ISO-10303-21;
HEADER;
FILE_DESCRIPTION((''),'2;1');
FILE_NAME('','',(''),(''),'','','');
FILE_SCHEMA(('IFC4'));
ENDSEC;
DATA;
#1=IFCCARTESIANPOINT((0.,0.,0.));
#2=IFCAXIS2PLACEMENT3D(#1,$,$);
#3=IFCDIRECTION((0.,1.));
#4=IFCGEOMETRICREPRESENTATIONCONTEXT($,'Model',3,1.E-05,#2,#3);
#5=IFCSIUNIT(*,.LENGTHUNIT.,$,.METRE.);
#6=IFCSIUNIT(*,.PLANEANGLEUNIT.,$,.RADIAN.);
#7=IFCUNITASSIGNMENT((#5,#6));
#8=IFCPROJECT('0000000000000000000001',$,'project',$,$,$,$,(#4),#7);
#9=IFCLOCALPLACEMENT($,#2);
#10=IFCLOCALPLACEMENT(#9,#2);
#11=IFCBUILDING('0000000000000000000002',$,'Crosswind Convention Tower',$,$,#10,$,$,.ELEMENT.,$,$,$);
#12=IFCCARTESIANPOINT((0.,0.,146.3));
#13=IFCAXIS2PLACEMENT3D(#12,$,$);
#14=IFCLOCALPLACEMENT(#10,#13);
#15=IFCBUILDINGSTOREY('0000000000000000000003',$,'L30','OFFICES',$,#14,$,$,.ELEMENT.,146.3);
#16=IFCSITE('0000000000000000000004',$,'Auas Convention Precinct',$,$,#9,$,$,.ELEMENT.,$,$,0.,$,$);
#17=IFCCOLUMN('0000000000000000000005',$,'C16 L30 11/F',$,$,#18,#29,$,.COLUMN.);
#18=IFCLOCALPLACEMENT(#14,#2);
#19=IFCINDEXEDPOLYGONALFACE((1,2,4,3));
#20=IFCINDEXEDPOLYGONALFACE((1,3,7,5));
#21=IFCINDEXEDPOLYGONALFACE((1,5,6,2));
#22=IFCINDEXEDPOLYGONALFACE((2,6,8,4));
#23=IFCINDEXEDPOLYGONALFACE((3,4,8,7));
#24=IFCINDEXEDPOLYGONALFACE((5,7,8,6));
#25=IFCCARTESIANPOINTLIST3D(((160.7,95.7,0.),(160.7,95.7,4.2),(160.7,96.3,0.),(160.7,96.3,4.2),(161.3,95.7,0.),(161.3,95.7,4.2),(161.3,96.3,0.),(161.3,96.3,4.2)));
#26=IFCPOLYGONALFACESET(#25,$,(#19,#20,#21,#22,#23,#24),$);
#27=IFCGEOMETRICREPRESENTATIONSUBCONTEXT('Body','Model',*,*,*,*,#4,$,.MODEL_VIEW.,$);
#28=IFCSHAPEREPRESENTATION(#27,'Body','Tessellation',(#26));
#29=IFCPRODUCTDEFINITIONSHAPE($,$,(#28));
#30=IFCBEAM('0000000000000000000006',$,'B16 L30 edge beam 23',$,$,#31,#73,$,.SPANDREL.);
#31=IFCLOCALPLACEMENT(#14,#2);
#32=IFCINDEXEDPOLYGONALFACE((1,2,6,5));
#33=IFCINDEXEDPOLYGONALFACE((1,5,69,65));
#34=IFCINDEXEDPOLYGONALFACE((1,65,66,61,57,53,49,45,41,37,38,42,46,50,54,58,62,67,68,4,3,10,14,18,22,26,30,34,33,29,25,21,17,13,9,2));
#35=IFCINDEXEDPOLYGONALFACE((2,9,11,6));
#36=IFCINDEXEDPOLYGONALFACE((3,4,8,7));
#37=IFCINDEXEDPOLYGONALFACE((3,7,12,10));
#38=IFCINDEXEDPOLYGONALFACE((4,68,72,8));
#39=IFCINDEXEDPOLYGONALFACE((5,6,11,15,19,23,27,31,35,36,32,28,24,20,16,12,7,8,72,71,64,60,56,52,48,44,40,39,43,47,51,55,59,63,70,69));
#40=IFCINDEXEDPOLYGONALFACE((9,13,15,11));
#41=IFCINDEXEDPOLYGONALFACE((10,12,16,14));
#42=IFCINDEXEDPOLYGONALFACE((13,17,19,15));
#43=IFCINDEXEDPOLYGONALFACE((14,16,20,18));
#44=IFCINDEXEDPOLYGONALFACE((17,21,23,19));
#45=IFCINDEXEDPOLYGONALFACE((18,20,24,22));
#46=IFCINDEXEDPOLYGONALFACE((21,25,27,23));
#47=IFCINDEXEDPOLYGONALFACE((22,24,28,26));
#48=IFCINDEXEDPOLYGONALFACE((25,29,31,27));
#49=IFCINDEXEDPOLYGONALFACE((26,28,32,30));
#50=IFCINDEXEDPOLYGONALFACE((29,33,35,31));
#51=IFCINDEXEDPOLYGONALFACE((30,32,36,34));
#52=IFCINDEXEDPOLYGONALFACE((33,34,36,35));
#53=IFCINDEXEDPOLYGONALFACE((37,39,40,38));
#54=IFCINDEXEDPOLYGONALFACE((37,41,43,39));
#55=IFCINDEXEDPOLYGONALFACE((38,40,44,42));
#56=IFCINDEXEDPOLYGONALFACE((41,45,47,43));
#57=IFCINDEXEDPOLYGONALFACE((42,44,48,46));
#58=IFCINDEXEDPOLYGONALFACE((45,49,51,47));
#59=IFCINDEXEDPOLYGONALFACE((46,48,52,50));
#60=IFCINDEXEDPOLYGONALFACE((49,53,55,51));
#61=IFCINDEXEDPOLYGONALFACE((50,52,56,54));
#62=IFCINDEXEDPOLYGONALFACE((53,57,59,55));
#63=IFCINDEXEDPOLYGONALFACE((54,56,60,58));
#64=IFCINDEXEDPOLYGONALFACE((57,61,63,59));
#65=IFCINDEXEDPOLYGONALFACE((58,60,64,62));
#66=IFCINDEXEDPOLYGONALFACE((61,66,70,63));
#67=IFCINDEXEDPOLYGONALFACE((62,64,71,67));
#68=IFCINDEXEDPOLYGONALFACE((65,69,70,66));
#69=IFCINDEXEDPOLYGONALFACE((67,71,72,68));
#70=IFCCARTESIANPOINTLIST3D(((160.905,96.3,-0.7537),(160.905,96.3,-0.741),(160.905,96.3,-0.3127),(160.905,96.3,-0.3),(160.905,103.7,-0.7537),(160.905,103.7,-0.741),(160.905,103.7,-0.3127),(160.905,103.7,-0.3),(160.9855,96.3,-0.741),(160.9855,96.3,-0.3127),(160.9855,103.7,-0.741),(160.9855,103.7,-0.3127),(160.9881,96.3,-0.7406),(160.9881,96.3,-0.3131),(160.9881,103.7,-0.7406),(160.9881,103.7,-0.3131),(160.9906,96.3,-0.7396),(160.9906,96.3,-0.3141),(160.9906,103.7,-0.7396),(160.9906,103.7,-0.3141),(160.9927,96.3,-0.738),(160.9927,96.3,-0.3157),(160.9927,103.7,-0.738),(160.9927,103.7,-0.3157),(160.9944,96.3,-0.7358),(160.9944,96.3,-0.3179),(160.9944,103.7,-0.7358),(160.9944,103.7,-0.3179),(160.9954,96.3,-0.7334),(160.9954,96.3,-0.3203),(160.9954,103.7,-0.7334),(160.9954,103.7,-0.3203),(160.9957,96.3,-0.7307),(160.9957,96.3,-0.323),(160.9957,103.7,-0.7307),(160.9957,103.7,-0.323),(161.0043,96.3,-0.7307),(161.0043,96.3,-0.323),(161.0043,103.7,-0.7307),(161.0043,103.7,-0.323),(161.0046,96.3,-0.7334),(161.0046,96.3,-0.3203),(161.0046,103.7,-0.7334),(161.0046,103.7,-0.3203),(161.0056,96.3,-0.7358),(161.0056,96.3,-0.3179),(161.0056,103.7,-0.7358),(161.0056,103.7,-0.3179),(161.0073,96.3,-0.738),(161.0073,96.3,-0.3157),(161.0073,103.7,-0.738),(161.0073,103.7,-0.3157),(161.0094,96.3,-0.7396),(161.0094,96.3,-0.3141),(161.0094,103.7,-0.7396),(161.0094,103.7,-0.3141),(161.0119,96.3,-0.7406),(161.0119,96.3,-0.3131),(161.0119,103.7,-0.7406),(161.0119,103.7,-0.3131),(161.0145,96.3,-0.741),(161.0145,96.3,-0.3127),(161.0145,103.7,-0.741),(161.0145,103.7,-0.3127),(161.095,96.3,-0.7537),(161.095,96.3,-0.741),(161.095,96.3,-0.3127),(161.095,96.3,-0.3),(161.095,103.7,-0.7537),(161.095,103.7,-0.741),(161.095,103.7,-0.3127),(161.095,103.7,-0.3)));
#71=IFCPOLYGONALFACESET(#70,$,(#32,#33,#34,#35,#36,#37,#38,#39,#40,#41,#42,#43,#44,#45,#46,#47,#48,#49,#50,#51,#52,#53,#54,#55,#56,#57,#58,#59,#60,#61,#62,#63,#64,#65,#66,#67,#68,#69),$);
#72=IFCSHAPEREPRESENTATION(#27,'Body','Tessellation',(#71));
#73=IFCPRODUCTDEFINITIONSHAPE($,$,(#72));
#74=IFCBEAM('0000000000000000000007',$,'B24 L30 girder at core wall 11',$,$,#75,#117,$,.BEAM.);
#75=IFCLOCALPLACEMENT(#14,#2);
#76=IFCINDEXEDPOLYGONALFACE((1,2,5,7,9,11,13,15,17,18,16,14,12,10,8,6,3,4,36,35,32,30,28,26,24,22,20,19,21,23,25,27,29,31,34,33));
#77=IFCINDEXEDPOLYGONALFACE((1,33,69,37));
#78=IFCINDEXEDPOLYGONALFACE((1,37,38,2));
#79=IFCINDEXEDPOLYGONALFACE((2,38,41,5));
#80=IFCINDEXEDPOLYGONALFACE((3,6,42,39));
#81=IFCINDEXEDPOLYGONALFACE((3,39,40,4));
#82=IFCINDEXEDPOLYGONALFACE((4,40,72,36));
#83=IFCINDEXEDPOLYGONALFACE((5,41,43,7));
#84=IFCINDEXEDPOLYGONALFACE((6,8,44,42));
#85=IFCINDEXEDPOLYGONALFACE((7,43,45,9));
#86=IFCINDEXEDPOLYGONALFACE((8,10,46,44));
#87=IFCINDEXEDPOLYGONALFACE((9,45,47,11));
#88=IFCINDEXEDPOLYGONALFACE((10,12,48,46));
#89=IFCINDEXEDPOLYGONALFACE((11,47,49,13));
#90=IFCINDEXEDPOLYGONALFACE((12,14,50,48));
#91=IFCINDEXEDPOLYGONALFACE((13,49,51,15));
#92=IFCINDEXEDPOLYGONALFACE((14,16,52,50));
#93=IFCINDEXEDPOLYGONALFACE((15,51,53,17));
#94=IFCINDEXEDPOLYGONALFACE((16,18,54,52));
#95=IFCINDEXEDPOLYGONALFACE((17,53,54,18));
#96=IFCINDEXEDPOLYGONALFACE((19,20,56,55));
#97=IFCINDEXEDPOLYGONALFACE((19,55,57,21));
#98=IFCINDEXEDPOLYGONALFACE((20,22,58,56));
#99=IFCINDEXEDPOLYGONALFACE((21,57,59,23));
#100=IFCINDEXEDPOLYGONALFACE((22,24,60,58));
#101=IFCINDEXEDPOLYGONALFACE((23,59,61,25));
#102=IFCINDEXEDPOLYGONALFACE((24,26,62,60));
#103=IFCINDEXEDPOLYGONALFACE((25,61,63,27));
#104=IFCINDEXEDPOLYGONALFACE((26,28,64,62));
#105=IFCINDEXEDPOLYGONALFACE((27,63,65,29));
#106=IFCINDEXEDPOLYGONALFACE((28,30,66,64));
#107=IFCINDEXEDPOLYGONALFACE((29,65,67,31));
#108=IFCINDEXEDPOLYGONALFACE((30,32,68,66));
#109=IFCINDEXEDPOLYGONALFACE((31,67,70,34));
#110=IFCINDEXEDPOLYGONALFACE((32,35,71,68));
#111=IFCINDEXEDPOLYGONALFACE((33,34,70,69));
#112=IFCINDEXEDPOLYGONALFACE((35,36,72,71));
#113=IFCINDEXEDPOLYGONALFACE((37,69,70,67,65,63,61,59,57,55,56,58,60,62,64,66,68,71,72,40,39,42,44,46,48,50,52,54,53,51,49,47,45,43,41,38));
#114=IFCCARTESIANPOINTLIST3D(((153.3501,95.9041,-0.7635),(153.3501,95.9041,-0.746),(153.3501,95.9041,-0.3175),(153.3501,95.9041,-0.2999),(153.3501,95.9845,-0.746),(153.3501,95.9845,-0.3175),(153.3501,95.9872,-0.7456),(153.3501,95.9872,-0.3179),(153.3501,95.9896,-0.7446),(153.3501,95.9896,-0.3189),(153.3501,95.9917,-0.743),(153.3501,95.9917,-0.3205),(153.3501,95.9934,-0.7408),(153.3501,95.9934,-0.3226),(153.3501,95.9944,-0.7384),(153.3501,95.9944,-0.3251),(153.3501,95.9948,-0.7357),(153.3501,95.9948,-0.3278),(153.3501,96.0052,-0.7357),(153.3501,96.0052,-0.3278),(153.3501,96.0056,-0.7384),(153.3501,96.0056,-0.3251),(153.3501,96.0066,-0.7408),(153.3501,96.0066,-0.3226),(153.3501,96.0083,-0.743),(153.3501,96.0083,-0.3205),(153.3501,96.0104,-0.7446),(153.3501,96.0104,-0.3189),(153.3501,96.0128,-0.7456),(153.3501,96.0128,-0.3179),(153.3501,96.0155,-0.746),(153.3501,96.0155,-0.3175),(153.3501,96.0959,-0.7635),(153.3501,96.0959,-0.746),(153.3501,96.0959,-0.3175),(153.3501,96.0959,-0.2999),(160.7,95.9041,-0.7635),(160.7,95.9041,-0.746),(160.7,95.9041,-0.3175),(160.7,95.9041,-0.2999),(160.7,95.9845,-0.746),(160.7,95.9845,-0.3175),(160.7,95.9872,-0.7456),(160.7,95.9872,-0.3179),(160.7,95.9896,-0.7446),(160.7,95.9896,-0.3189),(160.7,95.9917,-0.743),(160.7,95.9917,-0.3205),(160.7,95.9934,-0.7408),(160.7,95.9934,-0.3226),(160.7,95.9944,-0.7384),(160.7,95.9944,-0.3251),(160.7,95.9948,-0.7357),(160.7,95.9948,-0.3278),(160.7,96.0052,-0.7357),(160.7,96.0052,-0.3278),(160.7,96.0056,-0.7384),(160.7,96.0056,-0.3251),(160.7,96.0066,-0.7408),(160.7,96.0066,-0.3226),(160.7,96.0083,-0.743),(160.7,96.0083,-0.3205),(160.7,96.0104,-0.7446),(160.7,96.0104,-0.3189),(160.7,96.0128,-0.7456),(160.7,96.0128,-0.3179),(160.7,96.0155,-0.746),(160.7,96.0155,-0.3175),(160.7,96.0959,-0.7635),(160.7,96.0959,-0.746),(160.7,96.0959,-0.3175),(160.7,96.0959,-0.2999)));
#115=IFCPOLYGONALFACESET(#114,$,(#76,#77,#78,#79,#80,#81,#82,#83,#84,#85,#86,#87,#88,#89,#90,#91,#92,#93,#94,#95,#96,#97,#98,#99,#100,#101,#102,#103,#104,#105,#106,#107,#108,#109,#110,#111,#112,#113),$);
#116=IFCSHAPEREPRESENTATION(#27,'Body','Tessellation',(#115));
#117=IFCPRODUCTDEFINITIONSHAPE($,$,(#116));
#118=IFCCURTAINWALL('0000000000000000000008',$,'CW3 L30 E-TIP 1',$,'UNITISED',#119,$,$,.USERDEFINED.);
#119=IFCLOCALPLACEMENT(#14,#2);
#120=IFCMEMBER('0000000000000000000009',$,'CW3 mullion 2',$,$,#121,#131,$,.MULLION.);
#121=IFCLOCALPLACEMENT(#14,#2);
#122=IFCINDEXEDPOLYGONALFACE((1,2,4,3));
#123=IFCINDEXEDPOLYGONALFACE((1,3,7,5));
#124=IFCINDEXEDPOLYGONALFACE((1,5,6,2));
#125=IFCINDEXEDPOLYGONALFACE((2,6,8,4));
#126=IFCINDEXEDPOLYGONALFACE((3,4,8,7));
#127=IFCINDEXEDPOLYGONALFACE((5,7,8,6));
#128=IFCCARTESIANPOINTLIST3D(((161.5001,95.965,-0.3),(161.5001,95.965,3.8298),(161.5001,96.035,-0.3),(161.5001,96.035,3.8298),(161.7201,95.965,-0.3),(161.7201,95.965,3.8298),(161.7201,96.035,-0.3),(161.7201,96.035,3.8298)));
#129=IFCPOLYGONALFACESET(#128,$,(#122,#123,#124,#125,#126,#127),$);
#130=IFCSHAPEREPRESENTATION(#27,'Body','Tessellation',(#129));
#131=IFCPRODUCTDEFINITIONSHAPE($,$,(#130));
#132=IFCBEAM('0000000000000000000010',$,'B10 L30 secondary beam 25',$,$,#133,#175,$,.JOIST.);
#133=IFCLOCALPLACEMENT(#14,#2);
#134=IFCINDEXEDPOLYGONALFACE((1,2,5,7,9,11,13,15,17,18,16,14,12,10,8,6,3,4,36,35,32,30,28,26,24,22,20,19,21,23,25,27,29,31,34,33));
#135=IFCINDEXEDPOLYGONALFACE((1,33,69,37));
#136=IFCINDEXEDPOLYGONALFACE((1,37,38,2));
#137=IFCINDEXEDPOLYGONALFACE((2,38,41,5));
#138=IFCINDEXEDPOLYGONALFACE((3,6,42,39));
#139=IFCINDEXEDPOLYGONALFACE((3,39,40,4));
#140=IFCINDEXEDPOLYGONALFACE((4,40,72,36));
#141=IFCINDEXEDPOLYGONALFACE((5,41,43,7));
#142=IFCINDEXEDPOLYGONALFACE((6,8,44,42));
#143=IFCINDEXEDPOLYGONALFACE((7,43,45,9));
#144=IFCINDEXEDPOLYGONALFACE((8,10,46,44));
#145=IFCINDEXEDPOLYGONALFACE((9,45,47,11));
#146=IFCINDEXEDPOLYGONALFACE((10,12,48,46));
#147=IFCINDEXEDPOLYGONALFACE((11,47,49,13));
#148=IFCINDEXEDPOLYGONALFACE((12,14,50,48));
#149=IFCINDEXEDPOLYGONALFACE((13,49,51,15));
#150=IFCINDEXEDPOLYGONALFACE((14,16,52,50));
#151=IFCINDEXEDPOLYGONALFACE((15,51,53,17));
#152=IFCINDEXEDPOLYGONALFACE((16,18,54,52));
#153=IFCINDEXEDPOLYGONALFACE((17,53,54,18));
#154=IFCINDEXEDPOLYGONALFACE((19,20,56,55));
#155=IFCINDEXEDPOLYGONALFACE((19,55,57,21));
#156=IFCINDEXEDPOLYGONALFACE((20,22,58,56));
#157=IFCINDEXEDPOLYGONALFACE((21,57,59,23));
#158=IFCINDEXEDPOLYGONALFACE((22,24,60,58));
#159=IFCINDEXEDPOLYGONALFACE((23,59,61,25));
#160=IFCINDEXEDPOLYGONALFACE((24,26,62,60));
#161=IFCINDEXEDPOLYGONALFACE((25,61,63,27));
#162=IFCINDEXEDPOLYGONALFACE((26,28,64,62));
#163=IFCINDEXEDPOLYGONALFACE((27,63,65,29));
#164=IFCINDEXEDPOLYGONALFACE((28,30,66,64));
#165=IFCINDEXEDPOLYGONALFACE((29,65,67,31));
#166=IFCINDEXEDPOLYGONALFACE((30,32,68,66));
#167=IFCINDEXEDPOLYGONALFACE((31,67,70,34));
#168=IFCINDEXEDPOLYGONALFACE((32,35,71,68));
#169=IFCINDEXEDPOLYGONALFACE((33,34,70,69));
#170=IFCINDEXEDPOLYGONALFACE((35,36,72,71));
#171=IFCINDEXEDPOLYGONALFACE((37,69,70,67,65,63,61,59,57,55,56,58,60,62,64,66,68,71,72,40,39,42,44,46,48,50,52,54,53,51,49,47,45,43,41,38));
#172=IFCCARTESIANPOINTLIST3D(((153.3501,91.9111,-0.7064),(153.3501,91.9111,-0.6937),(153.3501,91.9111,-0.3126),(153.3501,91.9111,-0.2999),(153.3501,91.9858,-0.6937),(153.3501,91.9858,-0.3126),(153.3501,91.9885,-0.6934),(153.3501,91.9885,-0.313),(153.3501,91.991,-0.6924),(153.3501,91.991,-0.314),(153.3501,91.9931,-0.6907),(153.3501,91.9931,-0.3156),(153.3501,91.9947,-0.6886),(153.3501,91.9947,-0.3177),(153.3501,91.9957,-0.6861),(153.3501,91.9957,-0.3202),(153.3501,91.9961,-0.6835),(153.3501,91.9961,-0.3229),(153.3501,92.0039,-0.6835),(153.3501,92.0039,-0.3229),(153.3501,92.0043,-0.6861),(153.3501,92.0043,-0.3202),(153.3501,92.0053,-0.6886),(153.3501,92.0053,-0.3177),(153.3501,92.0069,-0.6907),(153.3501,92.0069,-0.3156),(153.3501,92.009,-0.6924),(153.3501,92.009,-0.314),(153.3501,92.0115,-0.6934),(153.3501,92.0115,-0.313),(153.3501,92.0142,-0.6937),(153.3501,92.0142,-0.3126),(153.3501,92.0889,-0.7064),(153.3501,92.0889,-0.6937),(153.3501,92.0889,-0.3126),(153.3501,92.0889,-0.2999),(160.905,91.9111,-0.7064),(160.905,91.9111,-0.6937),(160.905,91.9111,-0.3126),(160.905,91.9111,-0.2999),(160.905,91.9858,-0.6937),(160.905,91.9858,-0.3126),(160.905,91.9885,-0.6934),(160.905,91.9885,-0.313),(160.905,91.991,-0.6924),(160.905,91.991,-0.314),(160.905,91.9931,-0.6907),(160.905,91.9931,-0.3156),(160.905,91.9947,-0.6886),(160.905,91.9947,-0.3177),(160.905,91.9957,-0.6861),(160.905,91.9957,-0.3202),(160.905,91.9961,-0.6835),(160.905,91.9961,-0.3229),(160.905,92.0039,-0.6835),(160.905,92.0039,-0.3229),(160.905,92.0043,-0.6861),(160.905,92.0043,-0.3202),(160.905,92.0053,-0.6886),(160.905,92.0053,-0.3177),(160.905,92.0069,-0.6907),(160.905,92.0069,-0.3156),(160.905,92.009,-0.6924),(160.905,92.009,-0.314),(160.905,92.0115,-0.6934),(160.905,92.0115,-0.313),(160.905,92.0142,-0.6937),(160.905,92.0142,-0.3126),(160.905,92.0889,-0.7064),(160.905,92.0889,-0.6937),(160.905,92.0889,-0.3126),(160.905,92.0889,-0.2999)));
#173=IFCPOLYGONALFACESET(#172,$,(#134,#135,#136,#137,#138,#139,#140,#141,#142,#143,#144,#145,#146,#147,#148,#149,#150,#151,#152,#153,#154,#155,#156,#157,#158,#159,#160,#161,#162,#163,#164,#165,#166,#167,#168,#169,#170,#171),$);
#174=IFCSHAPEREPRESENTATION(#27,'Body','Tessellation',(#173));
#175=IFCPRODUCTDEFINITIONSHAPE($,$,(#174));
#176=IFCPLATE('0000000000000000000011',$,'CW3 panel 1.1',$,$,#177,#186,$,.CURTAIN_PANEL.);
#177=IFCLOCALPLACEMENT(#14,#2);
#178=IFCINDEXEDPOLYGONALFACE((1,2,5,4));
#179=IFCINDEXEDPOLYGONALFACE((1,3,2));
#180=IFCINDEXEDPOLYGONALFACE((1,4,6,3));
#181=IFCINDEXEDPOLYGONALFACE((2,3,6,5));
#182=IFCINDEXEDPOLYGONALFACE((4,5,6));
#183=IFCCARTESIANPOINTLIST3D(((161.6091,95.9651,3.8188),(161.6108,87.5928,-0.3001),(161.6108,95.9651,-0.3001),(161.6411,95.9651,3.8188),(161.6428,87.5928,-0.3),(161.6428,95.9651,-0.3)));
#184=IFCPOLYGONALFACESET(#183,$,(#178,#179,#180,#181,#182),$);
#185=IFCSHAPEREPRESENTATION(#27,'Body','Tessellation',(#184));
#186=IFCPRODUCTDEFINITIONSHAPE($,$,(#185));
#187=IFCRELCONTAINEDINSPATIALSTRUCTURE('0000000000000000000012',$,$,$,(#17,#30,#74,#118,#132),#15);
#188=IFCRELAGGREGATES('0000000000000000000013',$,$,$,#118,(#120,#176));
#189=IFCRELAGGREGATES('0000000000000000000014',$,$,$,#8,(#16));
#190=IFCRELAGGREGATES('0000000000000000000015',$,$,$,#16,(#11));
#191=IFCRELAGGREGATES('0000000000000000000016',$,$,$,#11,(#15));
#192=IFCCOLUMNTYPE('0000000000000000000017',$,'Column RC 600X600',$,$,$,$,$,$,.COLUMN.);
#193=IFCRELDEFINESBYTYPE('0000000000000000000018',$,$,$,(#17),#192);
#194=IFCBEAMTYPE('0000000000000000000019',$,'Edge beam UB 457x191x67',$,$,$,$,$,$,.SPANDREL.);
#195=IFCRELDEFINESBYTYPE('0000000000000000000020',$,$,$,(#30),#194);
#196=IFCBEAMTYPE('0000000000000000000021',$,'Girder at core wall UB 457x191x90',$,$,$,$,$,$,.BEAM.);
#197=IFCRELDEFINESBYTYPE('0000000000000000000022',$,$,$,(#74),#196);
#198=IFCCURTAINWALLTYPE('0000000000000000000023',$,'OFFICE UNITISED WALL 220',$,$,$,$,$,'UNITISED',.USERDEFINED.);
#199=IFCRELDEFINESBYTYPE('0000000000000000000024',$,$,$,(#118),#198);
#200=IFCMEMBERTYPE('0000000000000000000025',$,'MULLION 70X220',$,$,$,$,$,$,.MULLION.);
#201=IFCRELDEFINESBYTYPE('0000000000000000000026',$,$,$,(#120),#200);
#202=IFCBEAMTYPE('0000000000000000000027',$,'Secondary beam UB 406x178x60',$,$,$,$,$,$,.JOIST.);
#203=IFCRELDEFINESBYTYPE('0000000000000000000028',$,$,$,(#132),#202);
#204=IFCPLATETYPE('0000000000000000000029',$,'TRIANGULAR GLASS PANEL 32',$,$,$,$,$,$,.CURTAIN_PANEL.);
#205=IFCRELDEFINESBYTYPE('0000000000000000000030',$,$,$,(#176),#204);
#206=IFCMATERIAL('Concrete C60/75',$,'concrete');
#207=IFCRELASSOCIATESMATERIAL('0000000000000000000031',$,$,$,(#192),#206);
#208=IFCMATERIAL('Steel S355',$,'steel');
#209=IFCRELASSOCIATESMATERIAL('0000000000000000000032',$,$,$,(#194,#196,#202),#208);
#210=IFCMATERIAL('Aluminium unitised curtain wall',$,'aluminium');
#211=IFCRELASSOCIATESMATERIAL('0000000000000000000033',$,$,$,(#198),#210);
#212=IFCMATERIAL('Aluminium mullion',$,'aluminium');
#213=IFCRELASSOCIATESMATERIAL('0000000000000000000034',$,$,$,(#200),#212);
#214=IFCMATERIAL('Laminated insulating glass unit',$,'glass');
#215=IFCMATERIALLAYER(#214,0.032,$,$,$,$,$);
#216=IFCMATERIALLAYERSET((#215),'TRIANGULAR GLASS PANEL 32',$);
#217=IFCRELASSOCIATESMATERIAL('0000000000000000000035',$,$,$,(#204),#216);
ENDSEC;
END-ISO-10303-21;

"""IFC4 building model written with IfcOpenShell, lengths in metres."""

from ifc_helpers import new_model, si_unit, direction, frame, origin, origin_2d, place, context, subcontext, project, spatial, polyline, rectangle, i_section, outline, extrude, material, layer, layer_set, material_profile, profile_set, type_object, element, aggregate, save


model = new_model("IFC4")

# Units and contexts
model_context = context("Model", 3, precision=1e-05, world=origin(), true_north=direction((0.0, 1.0)))
body_context = subcontext(model_context, "Body", "Model", "MODEL_VIEW")
ifc_project = project(units=[si_unit("LENGTHUNIT", "METRE"), si_unit("PLANEANGLEUNIT", "RADIAN")], contexts=[model_context])

# Site, building, storey
site_placement = place(None, origin())
site = spatial("IfcSite", under=ifc_project, at=site_placement, Name="Auas Convention Precinct", CompositionType="ELEMENT", RefElevation=0.0)
building_placement = place(site_placement, origin())
building = spatial("IfcBuilding", under=site, at=building_placement, Name="Crosswind Convention Tower", CompositionType="ELEMENT")
storey_placement = place(building_placement, frame((0.0, 0.0, 146.3)))
storey = spatial("IfcBuildingStorey", under=building, at=storey_placement, Name="L30", Description="OFFICES", CompositionType="ELEMENT", Elevation=146.3)

# Column
ifc_material_1 = material(Name="Concrete C60/75", Category="concrete")
ifc_material_profile_1 = material_profile(ifc_material_1, rectangle(XDim=0.6001, YDim=0.6001, at=origin_2d()), Name="RC 600X600")
ifc_profile_set_1 = profile_set([ifc_material_profile_1], Name="Concrete C60/75")
column_type = type_object("IfcColumnType", Name="Column RC 600X600", PredefinedType="COLUMN", material=ifc_profile_set_1)
column_placement = place(storey_placement, frame((161.0, 96.0, 0.0), z_axis=(0.0, 0.0, 1.0), x_axis=(1.0, 0.0, 0.0)))
element("IfcColumn", 1, at=column_placement, inside=storey, type_object=column_type, Name="C16 L30 11/F", PredefinedType="COLUMN", context=body_context, shape_type="SweptSolid", body=[
    extrude(rectangle(XDim=0.6001, YDim=0.6001, at=origin_2d()), origin(), (0.0, 0.0, 1.0), 4.2),
])

# Beams
ifc_material_2 = material(Name="Steel S355", Category="steel")
ifc_material_profile_2 = material_profile(ifc_material_2, i_section(OverallWidth=0.1899, OverallDepth=0.4536, WebThickness=0.0085, FlangeThickness=0.0127, FilletRadius=0.0103, at=origin_2d()), Name="UB 457x191x67")
ifc_profile_set_2 = profile_set([ifc_material_profile_2], Name="Steel S355")
beam_type_1 = type_object("IfcBeamType", Name="Edge beam UB 457x191x67", PredefinedType="SPANDREL", material=ifc_profile_set_2)
beam_1_placement = place(storey_placement, frame((161.0, 96.3, -0.5269), z_axis=(0.0, 1.0, 0.0), x_axis=(-1.0, 0.0, 0.0)))
element("IfcBeam", 2, at=beam_1_placement, inside=storey, type_object=beam_type_1, Name="B16 L30 edge beam 23", PredefinedType="SPANDREL", context=body_context, shape_type="SweptSolid", body=[
    extrude(i_section(OverallWidth=0.1899, OverallDepth=0.4536, WebThickness=0.0085, FlangeThickness=0.0127, FilletRadius=0.0103, at=origin_2d()), origin(), (0.0, 0.0, 1.0), 7.3999),
])
ifc_material_profile_3 = material_profile(ifc_material_2, i_section(OverallWidth=0.1919, OverallDepth=0.4636, WebThickness=0.0105, FlangeThickness=0.0176, FilletRadius=0.0103, at=origin_2d()), Name="UB 457x191x90")
ifc_profile_set_3 = profile_set([ifc_material_profile_3], Name="Steel S355")
beam_type_2 = type_object("IfcBeamType", Name="Girder at core wall UB 457x191x90", PredefinedType="BEAM", material=ifc_profile_set_3)
beam_2_placement = place(storey_placement, frame((153.3501, 96.0, -0.5317), z_axis=(1.0, 0.0, 0.0), x_axis=(0.0, 1.0, 0.0)))
element("IfcBeam", 3, at=beam_2_placement, inside=storey, type_object=beam_type_2, Name="B24 L30 girder at core wall 11", PredefinedType="BEAM", context=body_context, shape_type="SweptSolid", body=[
    extrude(i_section(OverallWidth=0.1919, OverallDepth=0.4636, WebThickness=0.0105, FlangeThickness=0.0176, FilletRadius=0.0103, at=origin_2d()), origin(), (0.0, 0.0, 1.0), 7.3499),
])

# Curtain wall, member
ifc_material_3 = material(Name="Aluminium unitised curtain wall", Category="aluminium")
curtain_wall_type = type_object("IfcCurtainWallType", Name="OFFICE UNITISED WALL 220", ElementType="UNITISED", PredefinedType="USERDEFINED", material=ifc_material_3)
curtain_wall_placement = place(storey_placement, origin())
curtain_wall = element("IfcCurtainWall", 4, at=curtain_wall_placement, inside=storey, type_object=curtain_wall_type, Name="CW3 L30 E-TIP 1", ObjectType="UNITISED", PredefinedType="USERDEFINED")
ifc_material_4 = material(Name="Aluminium mullion", Category="aluminium")
ifc_material_profile_4 = material_profile(ifc_material_4, rectangle(XDim=0.22, YDim=0.0701, at=origin_2d()), Name="AL 220X70")
ifc_profile_set_4 = profile_set([ifc_material_profile_4], Name="Aluminium mullion")
member_type = type_object("IfcMemberType", Name="MULLION 70X220", PredefinedType="MULLION", material=ifc_profile_set_4)
member_placement = place(storey_placement, frame((161.6101, 96.0, -0.3), z_axis=(0.0, 0.0, 1.0), x_axis=(1.0, 0.0, 0.0)))
member = element("IfcMember", 5, at=member_placement, type_object=member_type, Name="CW3 mullion 2", PredefinedType="MULLION", context=body_context, shape_type="SweptSolid", body=[
    extrude(rectangle(XDim=0.22, YDim=0.0701, at=origin_2d()), origin(), (0.0, 0.0, 1.0), 4.1299),
])

# Beam
ifc_material_profile_5 = material_profile(ifc_material_2, i_section(OverallWidth=0.1777, OverallDepth=0.4065, WebThickness=0.0078, FlangeThickness=0.0127, FilletRadius=0.0103, at=origin_2d()), Name="UB 406x178x60")
ifc_profile_set_5 = profile_set([ifc_material_profile_5], Name="Steel S355")
beam_type_3 = type_object("IfcBeamType", Name="Secondary beam UB 406x178x60", PredefinedType="JOIST", material=ifc_profile_set_5)
beam_3_placement = place(storey_placement, frame((153.3501, 92.0, -0.5032), z_axis=(1.0, 0.0, 0.0), x_axis=(0.0, 1.0, 0.0)))
element("IfcBeam", 6, at=beam_3_placement, inside=storey, type_object=beam_type_3, Name="B10 L30 secondary beam 25", PredefinedType="JOIST", context=body_context, shape_type="SweptSolid", body=[
    extrude(i_section(OverallWidth=0.1777, OverallDepth=0.4065, WebThickness=0.0078, FlangeThickness=0.0127, FilletRadius=0.0103, at=origin_2d()), origin(), (0.0, 0.0, 1.0), 7.5549),
])

# Plate
ifc_material_5 = material(Name="Laminated insulating glass unit", Category="glass")
ifc_layer_1 = layer(ifc_material_5, 0.032)
ifc_layer_set_1 = layer_set([ifc_layer_1], Name="TRIANGULAR GLASS PANEL 32")
plate_type = type_object("IfcPlateType", Name="TRIANGULAR GLASS PANEL 32", PredefinedType="CURTAIN_PANEL", material=ifc_layer_set_1)
plate_1_placement = place(storey_placement, frame((161.6428, 95.9651, -0.3), z_axis=(1.0, 0.0, 0.000415), x_axis=(-0.000415, 0.0, 1.0)))
plate_1 = element("IfcPlate", 7, at=plate_1_placement, type_object=plate_type, Name="CW3 panel 1.1", PredefinedType="CURTAIN_PANEL", context=body_context, shape_type="SweptSolid", body=[
    extrude(outline(polyline([(0.0, 0.0), (4.1189, 0.0), (0.0, 8.3723), (0.0, 0.0)])), origin(), (0.0, 0.0, -1.0), 0.032),
])
aggregate(curtain_wall, [member, plate_1])

save(model, "model.ifc")
